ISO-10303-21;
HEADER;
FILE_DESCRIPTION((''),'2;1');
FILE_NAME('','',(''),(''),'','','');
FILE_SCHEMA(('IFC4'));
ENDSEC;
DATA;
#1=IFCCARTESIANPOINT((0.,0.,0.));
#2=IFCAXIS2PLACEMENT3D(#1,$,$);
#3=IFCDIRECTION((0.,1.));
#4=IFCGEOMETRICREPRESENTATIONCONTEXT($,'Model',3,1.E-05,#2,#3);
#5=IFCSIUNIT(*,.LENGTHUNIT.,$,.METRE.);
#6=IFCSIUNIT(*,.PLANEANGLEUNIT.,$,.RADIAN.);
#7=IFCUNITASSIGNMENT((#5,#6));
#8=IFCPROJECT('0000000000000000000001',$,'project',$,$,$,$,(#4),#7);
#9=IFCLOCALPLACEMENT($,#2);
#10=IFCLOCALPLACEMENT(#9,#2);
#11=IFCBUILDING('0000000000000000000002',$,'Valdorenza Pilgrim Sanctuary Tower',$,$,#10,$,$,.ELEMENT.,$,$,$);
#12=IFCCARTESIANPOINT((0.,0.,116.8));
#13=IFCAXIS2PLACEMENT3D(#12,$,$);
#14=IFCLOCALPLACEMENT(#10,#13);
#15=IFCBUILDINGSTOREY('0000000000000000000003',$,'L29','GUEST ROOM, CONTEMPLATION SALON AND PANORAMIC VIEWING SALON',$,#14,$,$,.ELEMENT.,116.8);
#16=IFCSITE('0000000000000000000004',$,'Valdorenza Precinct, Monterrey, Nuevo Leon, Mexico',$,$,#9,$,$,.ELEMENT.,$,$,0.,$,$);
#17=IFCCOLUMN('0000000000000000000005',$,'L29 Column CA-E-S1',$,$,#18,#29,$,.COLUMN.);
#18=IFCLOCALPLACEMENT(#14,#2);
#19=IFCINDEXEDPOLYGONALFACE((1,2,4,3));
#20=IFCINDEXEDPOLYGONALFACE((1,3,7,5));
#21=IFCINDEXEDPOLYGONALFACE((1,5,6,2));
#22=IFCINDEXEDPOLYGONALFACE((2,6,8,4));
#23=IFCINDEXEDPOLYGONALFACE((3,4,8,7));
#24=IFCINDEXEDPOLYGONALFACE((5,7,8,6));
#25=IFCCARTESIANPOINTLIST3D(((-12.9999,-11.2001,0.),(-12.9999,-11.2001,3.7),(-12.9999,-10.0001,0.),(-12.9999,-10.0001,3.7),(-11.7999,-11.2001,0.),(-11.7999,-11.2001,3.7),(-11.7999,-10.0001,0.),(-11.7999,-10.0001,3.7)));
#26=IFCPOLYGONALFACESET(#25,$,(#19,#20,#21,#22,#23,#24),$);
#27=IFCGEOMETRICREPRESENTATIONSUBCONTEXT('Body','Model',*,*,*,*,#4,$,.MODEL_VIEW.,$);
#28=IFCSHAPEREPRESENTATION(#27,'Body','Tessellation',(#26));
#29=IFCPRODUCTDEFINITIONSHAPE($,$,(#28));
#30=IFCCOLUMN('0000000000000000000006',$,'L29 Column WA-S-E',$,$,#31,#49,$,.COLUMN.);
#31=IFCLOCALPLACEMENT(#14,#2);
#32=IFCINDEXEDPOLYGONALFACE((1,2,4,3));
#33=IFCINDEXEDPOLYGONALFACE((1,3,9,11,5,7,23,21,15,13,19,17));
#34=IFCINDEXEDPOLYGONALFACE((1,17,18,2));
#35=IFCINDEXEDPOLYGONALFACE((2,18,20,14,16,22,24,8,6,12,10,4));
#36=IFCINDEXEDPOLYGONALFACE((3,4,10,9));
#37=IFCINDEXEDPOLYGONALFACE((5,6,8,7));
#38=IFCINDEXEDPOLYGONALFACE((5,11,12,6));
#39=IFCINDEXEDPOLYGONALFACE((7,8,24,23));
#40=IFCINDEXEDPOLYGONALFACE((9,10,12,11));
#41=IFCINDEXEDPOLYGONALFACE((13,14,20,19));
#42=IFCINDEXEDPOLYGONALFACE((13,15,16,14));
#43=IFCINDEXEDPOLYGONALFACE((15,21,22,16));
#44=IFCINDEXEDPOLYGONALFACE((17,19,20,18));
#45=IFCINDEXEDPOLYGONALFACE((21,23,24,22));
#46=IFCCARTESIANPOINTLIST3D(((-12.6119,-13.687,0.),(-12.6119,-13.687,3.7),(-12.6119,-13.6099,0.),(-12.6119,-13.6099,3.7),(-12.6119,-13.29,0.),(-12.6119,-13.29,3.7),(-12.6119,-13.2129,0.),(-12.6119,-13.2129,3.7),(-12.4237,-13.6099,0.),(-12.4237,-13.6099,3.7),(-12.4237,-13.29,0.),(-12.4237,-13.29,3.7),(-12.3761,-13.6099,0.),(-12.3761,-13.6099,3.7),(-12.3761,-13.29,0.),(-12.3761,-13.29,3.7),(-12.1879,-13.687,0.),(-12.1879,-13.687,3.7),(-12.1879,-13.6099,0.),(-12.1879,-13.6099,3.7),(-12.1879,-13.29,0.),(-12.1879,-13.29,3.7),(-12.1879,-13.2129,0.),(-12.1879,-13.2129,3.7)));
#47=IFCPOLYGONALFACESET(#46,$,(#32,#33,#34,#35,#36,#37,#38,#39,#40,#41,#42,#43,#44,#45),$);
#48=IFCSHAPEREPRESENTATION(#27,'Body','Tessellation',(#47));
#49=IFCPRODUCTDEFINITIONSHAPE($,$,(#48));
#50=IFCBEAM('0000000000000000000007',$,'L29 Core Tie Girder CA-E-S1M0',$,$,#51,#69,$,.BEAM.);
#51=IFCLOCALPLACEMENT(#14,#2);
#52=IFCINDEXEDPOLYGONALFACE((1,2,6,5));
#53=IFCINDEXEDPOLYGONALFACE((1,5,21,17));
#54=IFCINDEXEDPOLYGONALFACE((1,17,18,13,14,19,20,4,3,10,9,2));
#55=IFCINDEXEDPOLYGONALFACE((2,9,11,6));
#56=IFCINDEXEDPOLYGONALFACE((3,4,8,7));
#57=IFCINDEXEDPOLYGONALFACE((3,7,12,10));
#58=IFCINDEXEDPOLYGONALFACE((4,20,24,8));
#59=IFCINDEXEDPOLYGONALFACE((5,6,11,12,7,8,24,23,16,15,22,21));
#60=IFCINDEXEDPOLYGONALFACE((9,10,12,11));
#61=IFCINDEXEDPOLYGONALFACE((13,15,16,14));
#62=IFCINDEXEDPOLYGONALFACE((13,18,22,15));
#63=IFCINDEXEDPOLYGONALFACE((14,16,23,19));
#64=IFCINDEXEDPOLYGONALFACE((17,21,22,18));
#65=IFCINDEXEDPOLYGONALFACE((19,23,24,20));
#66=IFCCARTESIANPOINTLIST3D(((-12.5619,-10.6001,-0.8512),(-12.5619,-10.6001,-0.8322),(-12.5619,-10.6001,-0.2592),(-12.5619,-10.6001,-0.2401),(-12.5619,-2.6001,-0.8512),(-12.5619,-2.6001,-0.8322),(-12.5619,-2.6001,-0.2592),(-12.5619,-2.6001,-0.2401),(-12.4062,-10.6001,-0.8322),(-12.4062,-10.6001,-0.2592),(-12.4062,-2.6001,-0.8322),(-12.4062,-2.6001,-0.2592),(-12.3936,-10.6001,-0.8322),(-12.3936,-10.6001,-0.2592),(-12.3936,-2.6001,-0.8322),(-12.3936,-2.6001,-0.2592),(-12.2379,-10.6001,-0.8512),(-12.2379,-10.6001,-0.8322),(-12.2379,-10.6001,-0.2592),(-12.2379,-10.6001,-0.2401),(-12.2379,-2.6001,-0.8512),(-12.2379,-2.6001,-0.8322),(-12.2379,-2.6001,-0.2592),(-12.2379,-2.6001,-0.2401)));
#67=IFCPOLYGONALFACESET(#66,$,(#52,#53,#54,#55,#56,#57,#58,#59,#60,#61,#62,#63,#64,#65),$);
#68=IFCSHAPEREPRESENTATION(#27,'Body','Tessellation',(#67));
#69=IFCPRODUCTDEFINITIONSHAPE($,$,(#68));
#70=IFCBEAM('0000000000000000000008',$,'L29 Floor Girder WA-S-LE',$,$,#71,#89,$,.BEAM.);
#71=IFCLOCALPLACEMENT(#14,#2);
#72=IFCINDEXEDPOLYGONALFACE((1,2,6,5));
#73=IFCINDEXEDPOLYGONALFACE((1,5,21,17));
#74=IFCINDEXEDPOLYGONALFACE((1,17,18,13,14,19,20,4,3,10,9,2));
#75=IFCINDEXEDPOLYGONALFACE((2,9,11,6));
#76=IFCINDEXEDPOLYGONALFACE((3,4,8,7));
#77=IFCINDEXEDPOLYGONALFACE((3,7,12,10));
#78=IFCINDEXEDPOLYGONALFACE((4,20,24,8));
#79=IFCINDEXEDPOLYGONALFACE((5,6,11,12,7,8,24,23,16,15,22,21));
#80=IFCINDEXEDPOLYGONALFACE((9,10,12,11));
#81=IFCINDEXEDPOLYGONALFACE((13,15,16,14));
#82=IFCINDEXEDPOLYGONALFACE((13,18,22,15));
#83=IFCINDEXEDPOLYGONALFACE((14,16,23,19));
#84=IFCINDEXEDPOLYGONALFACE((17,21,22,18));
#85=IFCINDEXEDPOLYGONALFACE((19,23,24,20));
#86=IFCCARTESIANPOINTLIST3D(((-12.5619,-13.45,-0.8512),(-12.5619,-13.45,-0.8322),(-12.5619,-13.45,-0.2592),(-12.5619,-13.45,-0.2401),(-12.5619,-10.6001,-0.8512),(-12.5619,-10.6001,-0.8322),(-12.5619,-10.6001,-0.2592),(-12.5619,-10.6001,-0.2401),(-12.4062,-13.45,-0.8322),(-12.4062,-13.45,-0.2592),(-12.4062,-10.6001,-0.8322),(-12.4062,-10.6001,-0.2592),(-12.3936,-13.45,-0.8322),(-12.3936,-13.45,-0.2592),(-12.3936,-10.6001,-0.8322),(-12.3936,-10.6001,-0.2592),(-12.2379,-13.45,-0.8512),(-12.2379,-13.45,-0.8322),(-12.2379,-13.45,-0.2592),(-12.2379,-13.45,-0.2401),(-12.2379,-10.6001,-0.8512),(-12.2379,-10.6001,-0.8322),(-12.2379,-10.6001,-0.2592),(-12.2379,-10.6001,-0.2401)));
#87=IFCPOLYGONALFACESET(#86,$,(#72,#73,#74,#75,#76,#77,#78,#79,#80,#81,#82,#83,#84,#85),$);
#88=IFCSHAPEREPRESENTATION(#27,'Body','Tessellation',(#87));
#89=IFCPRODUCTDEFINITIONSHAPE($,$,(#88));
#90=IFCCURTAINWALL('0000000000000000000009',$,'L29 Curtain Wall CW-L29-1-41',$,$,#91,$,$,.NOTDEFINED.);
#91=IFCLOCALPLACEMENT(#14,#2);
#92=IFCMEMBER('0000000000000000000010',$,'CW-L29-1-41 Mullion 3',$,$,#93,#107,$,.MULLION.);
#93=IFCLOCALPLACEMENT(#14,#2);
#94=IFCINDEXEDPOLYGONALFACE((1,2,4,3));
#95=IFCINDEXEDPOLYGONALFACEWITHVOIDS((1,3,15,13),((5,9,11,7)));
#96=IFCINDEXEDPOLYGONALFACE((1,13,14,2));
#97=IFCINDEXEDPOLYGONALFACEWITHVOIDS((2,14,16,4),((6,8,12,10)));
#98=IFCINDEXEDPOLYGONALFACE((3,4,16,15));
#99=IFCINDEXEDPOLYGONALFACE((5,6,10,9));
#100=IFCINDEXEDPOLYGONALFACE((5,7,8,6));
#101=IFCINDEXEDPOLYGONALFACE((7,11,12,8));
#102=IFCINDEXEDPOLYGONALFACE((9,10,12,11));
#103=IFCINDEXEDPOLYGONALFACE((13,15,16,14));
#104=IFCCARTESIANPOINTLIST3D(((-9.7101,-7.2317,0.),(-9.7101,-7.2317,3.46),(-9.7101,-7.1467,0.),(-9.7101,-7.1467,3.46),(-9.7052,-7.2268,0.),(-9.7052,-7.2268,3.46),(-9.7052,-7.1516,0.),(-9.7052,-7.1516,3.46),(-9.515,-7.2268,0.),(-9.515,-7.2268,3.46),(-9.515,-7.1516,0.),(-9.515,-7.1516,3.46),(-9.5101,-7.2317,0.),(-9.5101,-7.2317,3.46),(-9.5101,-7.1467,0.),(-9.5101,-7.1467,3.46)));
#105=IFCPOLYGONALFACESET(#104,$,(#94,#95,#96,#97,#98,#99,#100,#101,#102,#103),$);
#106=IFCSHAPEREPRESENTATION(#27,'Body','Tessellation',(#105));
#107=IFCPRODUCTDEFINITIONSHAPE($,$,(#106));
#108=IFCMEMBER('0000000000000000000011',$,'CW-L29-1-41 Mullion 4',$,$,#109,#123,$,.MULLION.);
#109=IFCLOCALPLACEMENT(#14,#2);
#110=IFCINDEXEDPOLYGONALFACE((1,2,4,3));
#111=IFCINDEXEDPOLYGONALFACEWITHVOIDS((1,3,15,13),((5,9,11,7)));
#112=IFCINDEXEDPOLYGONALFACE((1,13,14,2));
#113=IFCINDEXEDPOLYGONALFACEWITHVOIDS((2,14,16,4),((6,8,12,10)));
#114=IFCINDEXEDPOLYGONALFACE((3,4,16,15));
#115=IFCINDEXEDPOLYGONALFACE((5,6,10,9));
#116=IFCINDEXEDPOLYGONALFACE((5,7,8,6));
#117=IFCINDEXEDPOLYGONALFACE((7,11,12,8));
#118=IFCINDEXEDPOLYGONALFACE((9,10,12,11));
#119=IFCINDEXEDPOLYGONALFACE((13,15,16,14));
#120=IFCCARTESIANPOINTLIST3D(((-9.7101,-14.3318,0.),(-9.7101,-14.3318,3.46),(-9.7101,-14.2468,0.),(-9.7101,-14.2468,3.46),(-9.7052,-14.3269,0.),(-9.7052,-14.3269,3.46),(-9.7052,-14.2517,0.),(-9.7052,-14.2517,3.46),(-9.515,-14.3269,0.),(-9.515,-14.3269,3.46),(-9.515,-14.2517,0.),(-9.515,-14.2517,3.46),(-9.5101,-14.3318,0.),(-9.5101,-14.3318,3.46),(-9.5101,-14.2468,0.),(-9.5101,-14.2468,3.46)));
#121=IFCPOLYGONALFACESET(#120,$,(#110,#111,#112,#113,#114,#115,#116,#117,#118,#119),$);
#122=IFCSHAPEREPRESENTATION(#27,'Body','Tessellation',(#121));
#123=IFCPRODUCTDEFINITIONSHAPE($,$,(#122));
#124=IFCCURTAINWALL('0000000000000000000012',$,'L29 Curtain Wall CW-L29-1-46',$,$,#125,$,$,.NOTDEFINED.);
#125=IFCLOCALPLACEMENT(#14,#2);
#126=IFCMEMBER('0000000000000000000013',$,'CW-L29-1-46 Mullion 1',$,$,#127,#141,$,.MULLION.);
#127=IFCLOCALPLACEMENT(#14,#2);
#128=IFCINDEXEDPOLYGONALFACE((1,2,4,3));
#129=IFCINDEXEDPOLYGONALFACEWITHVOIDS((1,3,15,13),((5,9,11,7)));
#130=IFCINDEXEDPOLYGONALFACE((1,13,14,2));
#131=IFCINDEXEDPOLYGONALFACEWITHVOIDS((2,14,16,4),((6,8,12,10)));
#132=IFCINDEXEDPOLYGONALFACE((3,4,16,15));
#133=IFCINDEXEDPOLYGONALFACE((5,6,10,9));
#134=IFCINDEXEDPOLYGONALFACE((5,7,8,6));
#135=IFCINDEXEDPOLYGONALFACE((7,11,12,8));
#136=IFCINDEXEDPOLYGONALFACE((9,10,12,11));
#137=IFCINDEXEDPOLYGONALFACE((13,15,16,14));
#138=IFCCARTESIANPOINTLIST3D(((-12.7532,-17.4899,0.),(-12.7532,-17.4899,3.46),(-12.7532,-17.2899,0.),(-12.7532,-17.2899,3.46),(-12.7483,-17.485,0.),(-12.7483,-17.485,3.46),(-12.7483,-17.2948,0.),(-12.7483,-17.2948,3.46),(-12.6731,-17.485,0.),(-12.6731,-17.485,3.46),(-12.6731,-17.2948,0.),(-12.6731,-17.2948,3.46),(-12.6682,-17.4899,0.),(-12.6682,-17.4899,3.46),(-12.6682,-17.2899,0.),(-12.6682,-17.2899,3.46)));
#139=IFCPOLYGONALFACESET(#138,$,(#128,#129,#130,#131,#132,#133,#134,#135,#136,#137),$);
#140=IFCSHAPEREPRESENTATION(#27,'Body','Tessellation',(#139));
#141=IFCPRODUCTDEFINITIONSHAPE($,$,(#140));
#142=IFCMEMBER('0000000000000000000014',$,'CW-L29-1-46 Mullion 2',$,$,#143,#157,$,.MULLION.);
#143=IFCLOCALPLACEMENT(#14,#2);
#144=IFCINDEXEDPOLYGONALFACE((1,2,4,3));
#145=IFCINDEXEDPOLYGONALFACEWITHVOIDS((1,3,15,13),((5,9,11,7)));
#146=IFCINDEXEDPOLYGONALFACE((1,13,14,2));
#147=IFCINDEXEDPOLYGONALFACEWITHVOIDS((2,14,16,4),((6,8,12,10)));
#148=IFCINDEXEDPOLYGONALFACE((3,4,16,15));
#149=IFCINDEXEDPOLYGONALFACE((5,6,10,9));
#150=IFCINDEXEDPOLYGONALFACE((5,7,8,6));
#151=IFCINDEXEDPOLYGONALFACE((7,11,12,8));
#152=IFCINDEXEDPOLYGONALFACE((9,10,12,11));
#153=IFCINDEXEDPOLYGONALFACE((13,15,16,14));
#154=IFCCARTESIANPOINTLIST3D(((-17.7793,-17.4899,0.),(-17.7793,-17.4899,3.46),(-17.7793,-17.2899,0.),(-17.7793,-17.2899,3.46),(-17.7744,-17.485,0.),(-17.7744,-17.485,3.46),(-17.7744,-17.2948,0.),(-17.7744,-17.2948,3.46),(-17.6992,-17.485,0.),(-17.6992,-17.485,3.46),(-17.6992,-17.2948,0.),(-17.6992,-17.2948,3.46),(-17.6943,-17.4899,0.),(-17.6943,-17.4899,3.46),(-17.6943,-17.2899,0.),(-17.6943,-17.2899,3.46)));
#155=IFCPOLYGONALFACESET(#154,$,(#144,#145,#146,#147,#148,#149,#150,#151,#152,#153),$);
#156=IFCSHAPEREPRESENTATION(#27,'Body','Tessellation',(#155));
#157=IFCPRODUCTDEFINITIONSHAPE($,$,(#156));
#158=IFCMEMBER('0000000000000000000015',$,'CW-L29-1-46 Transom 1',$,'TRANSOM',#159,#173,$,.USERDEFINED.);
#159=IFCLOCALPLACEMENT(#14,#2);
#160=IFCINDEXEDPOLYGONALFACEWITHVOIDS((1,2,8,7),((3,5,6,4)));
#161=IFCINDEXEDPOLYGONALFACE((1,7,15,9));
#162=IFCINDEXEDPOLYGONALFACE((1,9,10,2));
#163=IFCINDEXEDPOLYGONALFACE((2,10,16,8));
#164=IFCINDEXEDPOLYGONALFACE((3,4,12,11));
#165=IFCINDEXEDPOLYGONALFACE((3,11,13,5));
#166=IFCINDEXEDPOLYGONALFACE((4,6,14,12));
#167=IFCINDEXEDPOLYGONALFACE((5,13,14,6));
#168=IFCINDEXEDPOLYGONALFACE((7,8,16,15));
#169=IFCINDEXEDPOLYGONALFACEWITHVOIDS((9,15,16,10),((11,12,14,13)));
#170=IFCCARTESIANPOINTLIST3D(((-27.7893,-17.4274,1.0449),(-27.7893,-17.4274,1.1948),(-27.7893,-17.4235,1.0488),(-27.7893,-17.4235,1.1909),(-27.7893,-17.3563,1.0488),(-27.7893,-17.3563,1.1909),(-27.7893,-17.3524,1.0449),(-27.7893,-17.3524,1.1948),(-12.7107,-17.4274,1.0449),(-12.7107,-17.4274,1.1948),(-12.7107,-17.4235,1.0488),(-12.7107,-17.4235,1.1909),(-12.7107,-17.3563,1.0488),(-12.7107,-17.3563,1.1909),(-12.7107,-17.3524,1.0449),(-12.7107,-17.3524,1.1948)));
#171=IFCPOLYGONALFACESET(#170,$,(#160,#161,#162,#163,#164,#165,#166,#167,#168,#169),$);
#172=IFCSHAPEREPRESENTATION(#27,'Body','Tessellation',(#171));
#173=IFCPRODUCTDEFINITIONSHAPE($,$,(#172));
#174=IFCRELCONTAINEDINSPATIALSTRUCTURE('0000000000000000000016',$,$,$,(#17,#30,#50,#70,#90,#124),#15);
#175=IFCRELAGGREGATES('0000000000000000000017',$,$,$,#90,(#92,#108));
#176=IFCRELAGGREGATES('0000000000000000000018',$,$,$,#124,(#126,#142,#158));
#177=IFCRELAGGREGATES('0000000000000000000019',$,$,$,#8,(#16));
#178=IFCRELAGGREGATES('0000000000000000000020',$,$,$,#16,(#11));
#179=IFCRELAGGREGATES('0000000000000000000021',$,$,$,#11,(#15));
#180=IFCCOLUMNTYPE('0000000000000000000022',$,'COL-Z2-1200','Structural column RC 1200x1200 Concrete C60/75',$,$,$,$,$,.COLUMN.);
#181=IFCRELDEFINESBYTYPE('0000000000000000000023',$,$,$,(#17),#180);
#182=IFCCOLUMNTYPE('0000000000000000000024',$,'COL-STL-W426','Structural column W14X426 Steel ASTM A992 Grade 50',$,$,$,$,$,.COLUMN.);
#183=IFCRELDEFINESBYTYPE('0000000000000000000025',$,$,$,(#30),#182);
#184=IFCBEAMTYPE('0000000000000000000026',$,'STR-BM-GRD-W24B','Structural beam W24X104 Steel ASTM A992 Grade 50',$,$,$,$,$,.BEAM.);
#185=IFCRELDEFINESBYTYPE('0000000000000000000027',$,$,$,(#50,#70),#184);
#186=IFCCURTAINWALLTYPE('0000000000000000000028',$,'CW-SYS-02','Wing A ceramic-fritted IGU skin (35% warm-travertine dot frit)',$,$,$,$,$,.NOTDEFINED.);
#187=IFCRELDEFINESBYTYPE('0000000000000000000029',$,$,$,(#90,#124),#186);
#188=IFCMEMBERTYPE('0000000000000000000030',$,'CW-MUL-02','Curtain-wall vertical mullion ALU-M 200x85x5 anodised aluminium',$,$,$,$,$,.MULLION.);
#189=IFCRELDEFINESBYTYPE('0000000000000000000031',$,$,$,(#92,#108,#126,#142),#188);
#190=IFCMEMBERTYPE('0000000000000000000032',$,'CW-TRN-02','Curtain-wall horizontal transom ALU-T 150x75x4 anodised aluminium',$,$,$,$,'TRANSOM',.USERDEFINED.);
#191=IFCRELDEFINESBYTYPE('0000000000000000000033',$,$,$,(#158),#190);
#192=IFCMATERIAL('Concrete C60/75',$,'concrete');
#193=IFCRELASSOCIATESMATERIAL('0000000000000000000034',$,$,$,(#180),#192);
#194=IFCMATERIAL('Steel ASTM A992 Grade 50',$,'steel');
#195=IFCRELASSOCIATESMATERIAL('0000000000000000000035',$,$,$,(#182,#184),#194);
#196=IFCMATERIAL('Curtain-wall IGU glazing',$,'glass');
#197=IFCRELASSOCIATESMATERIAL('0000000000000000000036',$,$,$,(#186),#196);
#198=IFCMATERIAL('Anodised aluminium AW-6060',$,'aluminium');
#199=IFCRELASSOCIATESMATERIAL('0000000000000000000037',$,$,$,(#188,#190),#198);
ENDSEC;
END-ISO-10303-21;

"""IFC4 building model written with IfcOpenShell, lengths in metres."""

from ifc_helpers import new_model, si_unit, direction, frame, origin, origin_2d, place, context, subcontext, project, spatial, rectangle, hollow_rectangle, i_section, extrude, source, transform, mapped, material, material_profile, profile_set, type_object, element, aggregate, save


model = new_model("IFC4")

# Units and contexts
model_context = context("Model", 3, precision=1e-05, world=origin(), true_north=direction((0.0, 1.0)))
body_context = subcontext(model_context, "Body", "Model", "MODEL_VIEW")
ifc_project = project(units=[si_unit("LENGTHUNIT", "METRE"), si_unit("PLANEANGLEUNIT", "RADIAN")], contexts=[model_context])

# Site, building, storey
site_placement = place(None, origin())
site = spatial("IfcSite", under=ifc_project, at=site_placement, Name="Valdorenza Precinct, Monterrey, Nuevo Leon, Mexico", CompositionType="ELEMENT", RefElevation=0.0)
building_placement = place(site_placement, origin())
building = spatial("IfcBuilding", under=site, at=building_placement, Name="Valdorenza Pilgrim Sanctuary Tower", CompositionType="ELEMENT")
storey_placement = place(building_placement, frame((0.0, 0.0, 116.8)))
storey = spatial("IfcBuildingStorey", under=building, at=storey_placement, Name="L29", Description="GUEST ROOM, CONTEMPLATION SALON AND PANORAMIC VIEWING SALON", CompositionType="ELEMENT", Elevation=116.8)

# Columns
ifc_material_1 = material(Name="Concrete C60/75", Category="concrete")
ifc_material_profile_1 = material_profile(ifc_material_1, rectangle(XDim=1.2, YDim=1.2, at=origin_2d()), Name="RC 1200x1200")
ifc_profile_set_1 = profile_set([ifc_material_profile_1], Name="Concrete C60/75")
column_type_1 = type_object("IfcColumnType", Name="COL-Z2-1200", Description="Structural column RC 1200x1200 Concrete C60/75", PredefinedType="COLUMN", material=ifc_profile_set_1)
shared_shape_1 = source(origin(), body_context, "Body", "SweptSolid", [
    extrude(rectangle(XDim=1.2, YDim=1.2, at=origin_2d()), origin(), (0.0, 0.0, 1.0), 3.7),
])
column_1_placement = place(storey_placement, frame((-12.3999, -10.6001, 0.0), z_axis=(0.0, 0.0, 1.0), x_axis=(1.0, 0.0, 0.0)))
element("IfcColumn", 1, at=column_1_placement, inside=storey, type_object=column_type_1, Name="L29 Column CA-E-S1", PredefinedType="COLUMN", context=body_context, shape_type="MappedRepresentation", body=[
    mapped(shared_shape_1, transform((0.0, 0.0, 0.0), x_axis=(1.0, 0.0, 0.0), y_axis=(0.0, 1.0, 0.0), z_axis=(0.0, 0.0, 1.0), scale=1.0)),
])
ifc_material_2 = material(Name="Steel ASTM A992 Grade 50", Category="steel")
ifc_material_profile_2 = material_profile(ifc_material_2, i_section(OverallWidth=0.4241, OverallDepth=0.4741, WebThickness=0.0476, FlangeThickness=0.0771, at=origin_2d()), Name="W14X426")
ifc_profile_set_2 = profile_set([ifc_material_profile_2], Name="Steel ASTM A992 Grade 50")
column_type_2 = type_object("IfcColumnType", Name="COL-STL-W426", Description="Structural column W14X426 Steel ASTM A992 Grade 50", PredefinedType="COLUMN", material=ifc_profile_set_2)
shared_shape_2 = source(origin(), body_context, "Body", "SweptSolid", [
    extrude(i_section(OverallWidth=0.4241, OverallDepth=0.4741, WebThickness=0.0476, FlangeThickness=0.0771, at=origin_2d()), origin(), (0.0, 0.0, 1.0), 3.7),
])
column_2_placement = place(storey_placement, frame((-12.3999, -13.45, 0.0), z_axis=(0.0, 0.0, 1.0), x_axis=(1.0, 0.0, 0.0)))
element("IfcColumn", 2, at=column_2_placement, inside=storey, type_object=column_type_2, Name="L29 Column WA-S-E", PredefinedType="COLUMN", context=body_context, shape_type="MappedRepresentation", body=[
    mapped(shared_shape_2, transform((0.0, 0.0, 0.0), x_axis=(1.0, 0.0, 0.0), y_axis=(0.0, 1.0, 0.0), z_axis=(0.0, 0.0, 1.0), scale=1.0)),
])

# Beams
ifc_material_profile_3 = material_profile(ifc_material_2, i_section(OverallWidth=0.324, OverallDepth=0.6111, WebThickness=0.0127, FlangeThickness=0.019, at=origin_2d()), Name="W24X104")
ifc_profile_set_3 = profile_set([ifc_material_profile_3], Name="Steel ASTM A992 Grade 50")
beam_type = type_object("IfcBeamType", Name="STR-BM-GRD-W24B", Description="Structural beam W24X104 Steel ASTM A992 Grade 50", PredefinedType="BEAM", material=ifc_profile_set_3)
shared_shape_3 = source(origin(), body_context, "Body", "SweptSolid", [
    extrude(i_section(OverallWidth=0.324, OverallDepth=0.6111, WebThickness=0.0127, FlangeThickness=0.019, at=origin_2d()), origin(), (0.0, 0.0, 1.0), 8.0),
])
beam_1_placement = place(storey_placement, frame((-12.3999, -10.6001, -0.5457), z_axis=(0.0, 1.0, 0.0), x_axis=(-1.0, 0.0, 0.0)))
element("IfcBeam", 3, at=beam_1_placement, inside=storey, type_object=beam_type, Name="L29 Core Tie Girder CA-E-S1M0", PredefinedType="BEAM", context=body_context, shape_type="MappedRepresentation", body=[
    mapped(shared_shape_3, transform((0.0, 0.0, 0.0), x_axis=(1.0, 0.0, 0.0), y_axis=(0.0, 1.0, 0.0), z_axis=(0.0, 0.0, 1.0), scale=1.0)),
])
shared_shape_4 = source(origin(), body_context, "Body", "SweptSolid", [
    extrude(i_section(OverallWidth=0.324, OverallDepth=0.6111, WebThickness=0.0127, FlangeThickness=0.019, at=origin_2d()), origin(), (0.0, 0.0, 1.0), 2.8499),
])
beam_2_placement = place(storey_placement, frame((-12.3999, -13.45, -0.5457), z_axis=(0.0, 1.0, 0.0), x_axis=(-1.0, 0.0, 0.0)))
element("IfcBeam", 4, at=beam_2_placement, inside=storey, type_object=beam_type, Name="L29 Floor Girder WA-S-LE", PredefinedType="BEAM", context=body_context, shape_type="MappedRepresentation", body=[
    mapped(shared_shape_4, transform((0.0, 0.0, 0.0), x_axis=(1.0, 0.0, 0.0), y_axis=(0.0, 1.0, 0.0), z_axis=(0.0, 0.0, 1.0), scale=1.0)),
])

# Curtain walls, members
ifc_material_3 = material(Name="Curtain-wall IGU glazing", Category="glass")
curtain_wall_type = type_object("IfcCurtainWallType", Name="CW-SYS-02", Description="Wing A ceramic-fritted IGU skin (35% warm-travertine dot frit)", PredefinedType="NOTDEFINED", material=ifc_material_3)
curtain_wall_1_placement = place(storey_placement, origin())
curtain_wall_1 = element("IfcCurtainWall", 5, at=curtain_wall_1_placement, inside=storey, type_object=curtain_wall_type, Name="L29 Curtain Wall CW-L29-1-41", PredefinedType="NOTDEFINED")
ifc_material_4 = material(Name="Anodised aluminium AW-6060", Category="aluminium")
ifc_material_profile_4 = material_profile(ifc_material_4, hollow_rectangle(XDim=0.085, YDim=0.2, WallThickness=0.0049, at=origin_2d()), Name="ALU-M 200x85x5")
ifc_profile_set_4 = profile_set([ifc_material_profile_4], Name="Anodised aluminium AW-6060")
member_type_1 = type_object("IfcMemberType", Name="CW-MUL-02", Description="Curtain-wall vertical mullion ALU-M 200x85x5 anodised aluminium", PredefinedType="MULLION", material=ifc_profile_set_4)
shared_shape_5 = source(origin(), body_context, "Body", "SweptSolid", [
    extrude(hollow_rectangle(XDim=0.085, YDim=0.2, WallThickness=0.0049, at=origin_2d()), origin(), (0.0, 0.0, 1.0), 3.46),
])
member_1_placement = place(storey_placement, frame((-9.6101, -7.1892, 0.0), z_axis=(0.0, 0.0, 1.0), x_axis=(0.0, -1.0, 0.0)))
member_1 = element("IfcMember", 6, at=member_1_placement, type_object=member_type_1, Name="CW-L29-1-41 Mullion 3", PredefinedType="MULLION", context=body_context, shape_type="MappedRepresentation", body=[
    mapped(shared_shape_5, transform((0.0, 0.0, 0.0), x_axis=(1.0, 0.0, 0.0), y_axis=(0.0, 1.0, 0.0), z_axis=(0.0, 0.0, 1.0), scale=1.0)),
])
member_2_placement = place(storey_placement, frame((-9.6101, -14.2893, 0.0), z_axis=(0.0, 0.0, 1.0), x_axis=(0.0, -1.0, 0.0)))
member_2 = element("IfcMember", 7, at=member_2_placement, type_object=member_type_1, Name="CW-L29-1-41 Mullion 4", PredefinedType="MULLION", context=body_context, shape_type="MappedRepresentation", body=[
    mapped(shared_shape_5, transform((0.0, 0.0, 0.0), x_axis=(1.0, 0.0, 0.0), y_axis=(0.0, 1.0, 0.0), z_axis=(0.0, 0.0, 1.0), scale=1.0)),
])
curtain_wall_2_placement = place(storey_placement, origin())
curtain_wall_2 = element("IfcCurtainWall", 8, at=curtain_wall_2_placement, inside=storey, type_object=curtain_wall_type, Name="L29 Curtain Wall CW-L29-1-46", PredefinedType="NOTDEFINED")
member_3_placement = place(storey_placement, frame((-12.7107, -17.3899, 0.0), z_axis=(0.0, 0.0, 1.0), x_axis=(-1.0, 0.0, 0.0)))
member_3 = element("IfcMember", 9, at=member_3_placement, type_object=member_type_1, Name="CW-L29-1-46 Mullion 1", PredefinedType="MULLION", context=body_context, shape_type="MappedRepresentation", body=[
    mapped(shared_shape_5, transform((0.0, 0.0, 0.0), x_axis=(1.0, 0.0, 0.0), y_axis=(0.0, 1.0, 0.0), z_axis=(0.0, 0.0, 1.0), scale=1.0)),
])
member_4_placement = place(storey_placement, frame((-17.7368, -17.3899, 0.0), z_axis=(0.0, 0.0, 1.0), x_axis=(-1.0, 0.0, 0.0)))
member_4 = element("IfcMember", 10, at=member_4_placement, type_object=member_type_1, Name="CW-L29-1-46 Mullion 2", PredefinedType="MULLION", context=body_context, shape_type="MappedRepresentation", body=[
    mapped(shared_shape_5, transform((0.0, 0.0, 0.0), x_axis=(1.0, 0.0, 0.0), y_axis=(0.0, 1.0, 0.0), z_axis=(0.0, 0.0, 1.0), scale=1.0)),
])
ifc_material_profile_5 = material_profile(ifc_material_4, hollow_rectangle(XDim=0.075, YDim=0.1499, WallThickness=0.0039, at=origin_2d()), Name="ALU-T 150x75x4")
ifc_profile_set_5 = profile_set([ifc_material_profile_5], Name="Anodised aluminium AW-6060")
member_type_2 = type_object("IfcMemberType", Name="CW-TRN-02", Description="Curtain-wall horizontal transom ALU-T 150x75x4 anodised aluminium", ElementType="TRANSOM", PredefinedType="USERDEFINED", material=ifc_profile_set_5)
shared_shape_6 = source(origin(), body_context, "Body", "SweptSolid", [
    extrude(hollow_rectangle(XDim=0.075, YDim=0.1499, WallThickness=0.0039, at=origin_2d()), origin(), (0.0, 0.0, 1.0), 15.0786),
])
member_5_placement = place(storey_placement, frame((-12.7107, -17.3899, 1.1199), z_axis=(-1.0, 0.0, 0.0), x_axis=(0.0, -1.0, 0.0)))
member_5 = element("IfcMember", 11, at=member_5_placement, type_object=member_type_2, Name="CW-L29-1-46 Transom 1", ObjectType="TRANSOM", PredefinedType="USERDEFINED", context=body_context, shape_type="MappedRepresentation", body=[
    mapped(shared_shape_6, transform((0.0, 0.0, 0.0), x_axis=(1.0, 0.0, 0.0), y_axis=(0.0, 1.0, 0.0), z_axis=(0.0, 0.0, 1.0), scale=1.0)),
])

aggregate(curtain_wall_1, [member_1, member_2])
aggregate(curtain_wall_2, [member_3, member_4, member_5])

save(model, "model.ifc")
